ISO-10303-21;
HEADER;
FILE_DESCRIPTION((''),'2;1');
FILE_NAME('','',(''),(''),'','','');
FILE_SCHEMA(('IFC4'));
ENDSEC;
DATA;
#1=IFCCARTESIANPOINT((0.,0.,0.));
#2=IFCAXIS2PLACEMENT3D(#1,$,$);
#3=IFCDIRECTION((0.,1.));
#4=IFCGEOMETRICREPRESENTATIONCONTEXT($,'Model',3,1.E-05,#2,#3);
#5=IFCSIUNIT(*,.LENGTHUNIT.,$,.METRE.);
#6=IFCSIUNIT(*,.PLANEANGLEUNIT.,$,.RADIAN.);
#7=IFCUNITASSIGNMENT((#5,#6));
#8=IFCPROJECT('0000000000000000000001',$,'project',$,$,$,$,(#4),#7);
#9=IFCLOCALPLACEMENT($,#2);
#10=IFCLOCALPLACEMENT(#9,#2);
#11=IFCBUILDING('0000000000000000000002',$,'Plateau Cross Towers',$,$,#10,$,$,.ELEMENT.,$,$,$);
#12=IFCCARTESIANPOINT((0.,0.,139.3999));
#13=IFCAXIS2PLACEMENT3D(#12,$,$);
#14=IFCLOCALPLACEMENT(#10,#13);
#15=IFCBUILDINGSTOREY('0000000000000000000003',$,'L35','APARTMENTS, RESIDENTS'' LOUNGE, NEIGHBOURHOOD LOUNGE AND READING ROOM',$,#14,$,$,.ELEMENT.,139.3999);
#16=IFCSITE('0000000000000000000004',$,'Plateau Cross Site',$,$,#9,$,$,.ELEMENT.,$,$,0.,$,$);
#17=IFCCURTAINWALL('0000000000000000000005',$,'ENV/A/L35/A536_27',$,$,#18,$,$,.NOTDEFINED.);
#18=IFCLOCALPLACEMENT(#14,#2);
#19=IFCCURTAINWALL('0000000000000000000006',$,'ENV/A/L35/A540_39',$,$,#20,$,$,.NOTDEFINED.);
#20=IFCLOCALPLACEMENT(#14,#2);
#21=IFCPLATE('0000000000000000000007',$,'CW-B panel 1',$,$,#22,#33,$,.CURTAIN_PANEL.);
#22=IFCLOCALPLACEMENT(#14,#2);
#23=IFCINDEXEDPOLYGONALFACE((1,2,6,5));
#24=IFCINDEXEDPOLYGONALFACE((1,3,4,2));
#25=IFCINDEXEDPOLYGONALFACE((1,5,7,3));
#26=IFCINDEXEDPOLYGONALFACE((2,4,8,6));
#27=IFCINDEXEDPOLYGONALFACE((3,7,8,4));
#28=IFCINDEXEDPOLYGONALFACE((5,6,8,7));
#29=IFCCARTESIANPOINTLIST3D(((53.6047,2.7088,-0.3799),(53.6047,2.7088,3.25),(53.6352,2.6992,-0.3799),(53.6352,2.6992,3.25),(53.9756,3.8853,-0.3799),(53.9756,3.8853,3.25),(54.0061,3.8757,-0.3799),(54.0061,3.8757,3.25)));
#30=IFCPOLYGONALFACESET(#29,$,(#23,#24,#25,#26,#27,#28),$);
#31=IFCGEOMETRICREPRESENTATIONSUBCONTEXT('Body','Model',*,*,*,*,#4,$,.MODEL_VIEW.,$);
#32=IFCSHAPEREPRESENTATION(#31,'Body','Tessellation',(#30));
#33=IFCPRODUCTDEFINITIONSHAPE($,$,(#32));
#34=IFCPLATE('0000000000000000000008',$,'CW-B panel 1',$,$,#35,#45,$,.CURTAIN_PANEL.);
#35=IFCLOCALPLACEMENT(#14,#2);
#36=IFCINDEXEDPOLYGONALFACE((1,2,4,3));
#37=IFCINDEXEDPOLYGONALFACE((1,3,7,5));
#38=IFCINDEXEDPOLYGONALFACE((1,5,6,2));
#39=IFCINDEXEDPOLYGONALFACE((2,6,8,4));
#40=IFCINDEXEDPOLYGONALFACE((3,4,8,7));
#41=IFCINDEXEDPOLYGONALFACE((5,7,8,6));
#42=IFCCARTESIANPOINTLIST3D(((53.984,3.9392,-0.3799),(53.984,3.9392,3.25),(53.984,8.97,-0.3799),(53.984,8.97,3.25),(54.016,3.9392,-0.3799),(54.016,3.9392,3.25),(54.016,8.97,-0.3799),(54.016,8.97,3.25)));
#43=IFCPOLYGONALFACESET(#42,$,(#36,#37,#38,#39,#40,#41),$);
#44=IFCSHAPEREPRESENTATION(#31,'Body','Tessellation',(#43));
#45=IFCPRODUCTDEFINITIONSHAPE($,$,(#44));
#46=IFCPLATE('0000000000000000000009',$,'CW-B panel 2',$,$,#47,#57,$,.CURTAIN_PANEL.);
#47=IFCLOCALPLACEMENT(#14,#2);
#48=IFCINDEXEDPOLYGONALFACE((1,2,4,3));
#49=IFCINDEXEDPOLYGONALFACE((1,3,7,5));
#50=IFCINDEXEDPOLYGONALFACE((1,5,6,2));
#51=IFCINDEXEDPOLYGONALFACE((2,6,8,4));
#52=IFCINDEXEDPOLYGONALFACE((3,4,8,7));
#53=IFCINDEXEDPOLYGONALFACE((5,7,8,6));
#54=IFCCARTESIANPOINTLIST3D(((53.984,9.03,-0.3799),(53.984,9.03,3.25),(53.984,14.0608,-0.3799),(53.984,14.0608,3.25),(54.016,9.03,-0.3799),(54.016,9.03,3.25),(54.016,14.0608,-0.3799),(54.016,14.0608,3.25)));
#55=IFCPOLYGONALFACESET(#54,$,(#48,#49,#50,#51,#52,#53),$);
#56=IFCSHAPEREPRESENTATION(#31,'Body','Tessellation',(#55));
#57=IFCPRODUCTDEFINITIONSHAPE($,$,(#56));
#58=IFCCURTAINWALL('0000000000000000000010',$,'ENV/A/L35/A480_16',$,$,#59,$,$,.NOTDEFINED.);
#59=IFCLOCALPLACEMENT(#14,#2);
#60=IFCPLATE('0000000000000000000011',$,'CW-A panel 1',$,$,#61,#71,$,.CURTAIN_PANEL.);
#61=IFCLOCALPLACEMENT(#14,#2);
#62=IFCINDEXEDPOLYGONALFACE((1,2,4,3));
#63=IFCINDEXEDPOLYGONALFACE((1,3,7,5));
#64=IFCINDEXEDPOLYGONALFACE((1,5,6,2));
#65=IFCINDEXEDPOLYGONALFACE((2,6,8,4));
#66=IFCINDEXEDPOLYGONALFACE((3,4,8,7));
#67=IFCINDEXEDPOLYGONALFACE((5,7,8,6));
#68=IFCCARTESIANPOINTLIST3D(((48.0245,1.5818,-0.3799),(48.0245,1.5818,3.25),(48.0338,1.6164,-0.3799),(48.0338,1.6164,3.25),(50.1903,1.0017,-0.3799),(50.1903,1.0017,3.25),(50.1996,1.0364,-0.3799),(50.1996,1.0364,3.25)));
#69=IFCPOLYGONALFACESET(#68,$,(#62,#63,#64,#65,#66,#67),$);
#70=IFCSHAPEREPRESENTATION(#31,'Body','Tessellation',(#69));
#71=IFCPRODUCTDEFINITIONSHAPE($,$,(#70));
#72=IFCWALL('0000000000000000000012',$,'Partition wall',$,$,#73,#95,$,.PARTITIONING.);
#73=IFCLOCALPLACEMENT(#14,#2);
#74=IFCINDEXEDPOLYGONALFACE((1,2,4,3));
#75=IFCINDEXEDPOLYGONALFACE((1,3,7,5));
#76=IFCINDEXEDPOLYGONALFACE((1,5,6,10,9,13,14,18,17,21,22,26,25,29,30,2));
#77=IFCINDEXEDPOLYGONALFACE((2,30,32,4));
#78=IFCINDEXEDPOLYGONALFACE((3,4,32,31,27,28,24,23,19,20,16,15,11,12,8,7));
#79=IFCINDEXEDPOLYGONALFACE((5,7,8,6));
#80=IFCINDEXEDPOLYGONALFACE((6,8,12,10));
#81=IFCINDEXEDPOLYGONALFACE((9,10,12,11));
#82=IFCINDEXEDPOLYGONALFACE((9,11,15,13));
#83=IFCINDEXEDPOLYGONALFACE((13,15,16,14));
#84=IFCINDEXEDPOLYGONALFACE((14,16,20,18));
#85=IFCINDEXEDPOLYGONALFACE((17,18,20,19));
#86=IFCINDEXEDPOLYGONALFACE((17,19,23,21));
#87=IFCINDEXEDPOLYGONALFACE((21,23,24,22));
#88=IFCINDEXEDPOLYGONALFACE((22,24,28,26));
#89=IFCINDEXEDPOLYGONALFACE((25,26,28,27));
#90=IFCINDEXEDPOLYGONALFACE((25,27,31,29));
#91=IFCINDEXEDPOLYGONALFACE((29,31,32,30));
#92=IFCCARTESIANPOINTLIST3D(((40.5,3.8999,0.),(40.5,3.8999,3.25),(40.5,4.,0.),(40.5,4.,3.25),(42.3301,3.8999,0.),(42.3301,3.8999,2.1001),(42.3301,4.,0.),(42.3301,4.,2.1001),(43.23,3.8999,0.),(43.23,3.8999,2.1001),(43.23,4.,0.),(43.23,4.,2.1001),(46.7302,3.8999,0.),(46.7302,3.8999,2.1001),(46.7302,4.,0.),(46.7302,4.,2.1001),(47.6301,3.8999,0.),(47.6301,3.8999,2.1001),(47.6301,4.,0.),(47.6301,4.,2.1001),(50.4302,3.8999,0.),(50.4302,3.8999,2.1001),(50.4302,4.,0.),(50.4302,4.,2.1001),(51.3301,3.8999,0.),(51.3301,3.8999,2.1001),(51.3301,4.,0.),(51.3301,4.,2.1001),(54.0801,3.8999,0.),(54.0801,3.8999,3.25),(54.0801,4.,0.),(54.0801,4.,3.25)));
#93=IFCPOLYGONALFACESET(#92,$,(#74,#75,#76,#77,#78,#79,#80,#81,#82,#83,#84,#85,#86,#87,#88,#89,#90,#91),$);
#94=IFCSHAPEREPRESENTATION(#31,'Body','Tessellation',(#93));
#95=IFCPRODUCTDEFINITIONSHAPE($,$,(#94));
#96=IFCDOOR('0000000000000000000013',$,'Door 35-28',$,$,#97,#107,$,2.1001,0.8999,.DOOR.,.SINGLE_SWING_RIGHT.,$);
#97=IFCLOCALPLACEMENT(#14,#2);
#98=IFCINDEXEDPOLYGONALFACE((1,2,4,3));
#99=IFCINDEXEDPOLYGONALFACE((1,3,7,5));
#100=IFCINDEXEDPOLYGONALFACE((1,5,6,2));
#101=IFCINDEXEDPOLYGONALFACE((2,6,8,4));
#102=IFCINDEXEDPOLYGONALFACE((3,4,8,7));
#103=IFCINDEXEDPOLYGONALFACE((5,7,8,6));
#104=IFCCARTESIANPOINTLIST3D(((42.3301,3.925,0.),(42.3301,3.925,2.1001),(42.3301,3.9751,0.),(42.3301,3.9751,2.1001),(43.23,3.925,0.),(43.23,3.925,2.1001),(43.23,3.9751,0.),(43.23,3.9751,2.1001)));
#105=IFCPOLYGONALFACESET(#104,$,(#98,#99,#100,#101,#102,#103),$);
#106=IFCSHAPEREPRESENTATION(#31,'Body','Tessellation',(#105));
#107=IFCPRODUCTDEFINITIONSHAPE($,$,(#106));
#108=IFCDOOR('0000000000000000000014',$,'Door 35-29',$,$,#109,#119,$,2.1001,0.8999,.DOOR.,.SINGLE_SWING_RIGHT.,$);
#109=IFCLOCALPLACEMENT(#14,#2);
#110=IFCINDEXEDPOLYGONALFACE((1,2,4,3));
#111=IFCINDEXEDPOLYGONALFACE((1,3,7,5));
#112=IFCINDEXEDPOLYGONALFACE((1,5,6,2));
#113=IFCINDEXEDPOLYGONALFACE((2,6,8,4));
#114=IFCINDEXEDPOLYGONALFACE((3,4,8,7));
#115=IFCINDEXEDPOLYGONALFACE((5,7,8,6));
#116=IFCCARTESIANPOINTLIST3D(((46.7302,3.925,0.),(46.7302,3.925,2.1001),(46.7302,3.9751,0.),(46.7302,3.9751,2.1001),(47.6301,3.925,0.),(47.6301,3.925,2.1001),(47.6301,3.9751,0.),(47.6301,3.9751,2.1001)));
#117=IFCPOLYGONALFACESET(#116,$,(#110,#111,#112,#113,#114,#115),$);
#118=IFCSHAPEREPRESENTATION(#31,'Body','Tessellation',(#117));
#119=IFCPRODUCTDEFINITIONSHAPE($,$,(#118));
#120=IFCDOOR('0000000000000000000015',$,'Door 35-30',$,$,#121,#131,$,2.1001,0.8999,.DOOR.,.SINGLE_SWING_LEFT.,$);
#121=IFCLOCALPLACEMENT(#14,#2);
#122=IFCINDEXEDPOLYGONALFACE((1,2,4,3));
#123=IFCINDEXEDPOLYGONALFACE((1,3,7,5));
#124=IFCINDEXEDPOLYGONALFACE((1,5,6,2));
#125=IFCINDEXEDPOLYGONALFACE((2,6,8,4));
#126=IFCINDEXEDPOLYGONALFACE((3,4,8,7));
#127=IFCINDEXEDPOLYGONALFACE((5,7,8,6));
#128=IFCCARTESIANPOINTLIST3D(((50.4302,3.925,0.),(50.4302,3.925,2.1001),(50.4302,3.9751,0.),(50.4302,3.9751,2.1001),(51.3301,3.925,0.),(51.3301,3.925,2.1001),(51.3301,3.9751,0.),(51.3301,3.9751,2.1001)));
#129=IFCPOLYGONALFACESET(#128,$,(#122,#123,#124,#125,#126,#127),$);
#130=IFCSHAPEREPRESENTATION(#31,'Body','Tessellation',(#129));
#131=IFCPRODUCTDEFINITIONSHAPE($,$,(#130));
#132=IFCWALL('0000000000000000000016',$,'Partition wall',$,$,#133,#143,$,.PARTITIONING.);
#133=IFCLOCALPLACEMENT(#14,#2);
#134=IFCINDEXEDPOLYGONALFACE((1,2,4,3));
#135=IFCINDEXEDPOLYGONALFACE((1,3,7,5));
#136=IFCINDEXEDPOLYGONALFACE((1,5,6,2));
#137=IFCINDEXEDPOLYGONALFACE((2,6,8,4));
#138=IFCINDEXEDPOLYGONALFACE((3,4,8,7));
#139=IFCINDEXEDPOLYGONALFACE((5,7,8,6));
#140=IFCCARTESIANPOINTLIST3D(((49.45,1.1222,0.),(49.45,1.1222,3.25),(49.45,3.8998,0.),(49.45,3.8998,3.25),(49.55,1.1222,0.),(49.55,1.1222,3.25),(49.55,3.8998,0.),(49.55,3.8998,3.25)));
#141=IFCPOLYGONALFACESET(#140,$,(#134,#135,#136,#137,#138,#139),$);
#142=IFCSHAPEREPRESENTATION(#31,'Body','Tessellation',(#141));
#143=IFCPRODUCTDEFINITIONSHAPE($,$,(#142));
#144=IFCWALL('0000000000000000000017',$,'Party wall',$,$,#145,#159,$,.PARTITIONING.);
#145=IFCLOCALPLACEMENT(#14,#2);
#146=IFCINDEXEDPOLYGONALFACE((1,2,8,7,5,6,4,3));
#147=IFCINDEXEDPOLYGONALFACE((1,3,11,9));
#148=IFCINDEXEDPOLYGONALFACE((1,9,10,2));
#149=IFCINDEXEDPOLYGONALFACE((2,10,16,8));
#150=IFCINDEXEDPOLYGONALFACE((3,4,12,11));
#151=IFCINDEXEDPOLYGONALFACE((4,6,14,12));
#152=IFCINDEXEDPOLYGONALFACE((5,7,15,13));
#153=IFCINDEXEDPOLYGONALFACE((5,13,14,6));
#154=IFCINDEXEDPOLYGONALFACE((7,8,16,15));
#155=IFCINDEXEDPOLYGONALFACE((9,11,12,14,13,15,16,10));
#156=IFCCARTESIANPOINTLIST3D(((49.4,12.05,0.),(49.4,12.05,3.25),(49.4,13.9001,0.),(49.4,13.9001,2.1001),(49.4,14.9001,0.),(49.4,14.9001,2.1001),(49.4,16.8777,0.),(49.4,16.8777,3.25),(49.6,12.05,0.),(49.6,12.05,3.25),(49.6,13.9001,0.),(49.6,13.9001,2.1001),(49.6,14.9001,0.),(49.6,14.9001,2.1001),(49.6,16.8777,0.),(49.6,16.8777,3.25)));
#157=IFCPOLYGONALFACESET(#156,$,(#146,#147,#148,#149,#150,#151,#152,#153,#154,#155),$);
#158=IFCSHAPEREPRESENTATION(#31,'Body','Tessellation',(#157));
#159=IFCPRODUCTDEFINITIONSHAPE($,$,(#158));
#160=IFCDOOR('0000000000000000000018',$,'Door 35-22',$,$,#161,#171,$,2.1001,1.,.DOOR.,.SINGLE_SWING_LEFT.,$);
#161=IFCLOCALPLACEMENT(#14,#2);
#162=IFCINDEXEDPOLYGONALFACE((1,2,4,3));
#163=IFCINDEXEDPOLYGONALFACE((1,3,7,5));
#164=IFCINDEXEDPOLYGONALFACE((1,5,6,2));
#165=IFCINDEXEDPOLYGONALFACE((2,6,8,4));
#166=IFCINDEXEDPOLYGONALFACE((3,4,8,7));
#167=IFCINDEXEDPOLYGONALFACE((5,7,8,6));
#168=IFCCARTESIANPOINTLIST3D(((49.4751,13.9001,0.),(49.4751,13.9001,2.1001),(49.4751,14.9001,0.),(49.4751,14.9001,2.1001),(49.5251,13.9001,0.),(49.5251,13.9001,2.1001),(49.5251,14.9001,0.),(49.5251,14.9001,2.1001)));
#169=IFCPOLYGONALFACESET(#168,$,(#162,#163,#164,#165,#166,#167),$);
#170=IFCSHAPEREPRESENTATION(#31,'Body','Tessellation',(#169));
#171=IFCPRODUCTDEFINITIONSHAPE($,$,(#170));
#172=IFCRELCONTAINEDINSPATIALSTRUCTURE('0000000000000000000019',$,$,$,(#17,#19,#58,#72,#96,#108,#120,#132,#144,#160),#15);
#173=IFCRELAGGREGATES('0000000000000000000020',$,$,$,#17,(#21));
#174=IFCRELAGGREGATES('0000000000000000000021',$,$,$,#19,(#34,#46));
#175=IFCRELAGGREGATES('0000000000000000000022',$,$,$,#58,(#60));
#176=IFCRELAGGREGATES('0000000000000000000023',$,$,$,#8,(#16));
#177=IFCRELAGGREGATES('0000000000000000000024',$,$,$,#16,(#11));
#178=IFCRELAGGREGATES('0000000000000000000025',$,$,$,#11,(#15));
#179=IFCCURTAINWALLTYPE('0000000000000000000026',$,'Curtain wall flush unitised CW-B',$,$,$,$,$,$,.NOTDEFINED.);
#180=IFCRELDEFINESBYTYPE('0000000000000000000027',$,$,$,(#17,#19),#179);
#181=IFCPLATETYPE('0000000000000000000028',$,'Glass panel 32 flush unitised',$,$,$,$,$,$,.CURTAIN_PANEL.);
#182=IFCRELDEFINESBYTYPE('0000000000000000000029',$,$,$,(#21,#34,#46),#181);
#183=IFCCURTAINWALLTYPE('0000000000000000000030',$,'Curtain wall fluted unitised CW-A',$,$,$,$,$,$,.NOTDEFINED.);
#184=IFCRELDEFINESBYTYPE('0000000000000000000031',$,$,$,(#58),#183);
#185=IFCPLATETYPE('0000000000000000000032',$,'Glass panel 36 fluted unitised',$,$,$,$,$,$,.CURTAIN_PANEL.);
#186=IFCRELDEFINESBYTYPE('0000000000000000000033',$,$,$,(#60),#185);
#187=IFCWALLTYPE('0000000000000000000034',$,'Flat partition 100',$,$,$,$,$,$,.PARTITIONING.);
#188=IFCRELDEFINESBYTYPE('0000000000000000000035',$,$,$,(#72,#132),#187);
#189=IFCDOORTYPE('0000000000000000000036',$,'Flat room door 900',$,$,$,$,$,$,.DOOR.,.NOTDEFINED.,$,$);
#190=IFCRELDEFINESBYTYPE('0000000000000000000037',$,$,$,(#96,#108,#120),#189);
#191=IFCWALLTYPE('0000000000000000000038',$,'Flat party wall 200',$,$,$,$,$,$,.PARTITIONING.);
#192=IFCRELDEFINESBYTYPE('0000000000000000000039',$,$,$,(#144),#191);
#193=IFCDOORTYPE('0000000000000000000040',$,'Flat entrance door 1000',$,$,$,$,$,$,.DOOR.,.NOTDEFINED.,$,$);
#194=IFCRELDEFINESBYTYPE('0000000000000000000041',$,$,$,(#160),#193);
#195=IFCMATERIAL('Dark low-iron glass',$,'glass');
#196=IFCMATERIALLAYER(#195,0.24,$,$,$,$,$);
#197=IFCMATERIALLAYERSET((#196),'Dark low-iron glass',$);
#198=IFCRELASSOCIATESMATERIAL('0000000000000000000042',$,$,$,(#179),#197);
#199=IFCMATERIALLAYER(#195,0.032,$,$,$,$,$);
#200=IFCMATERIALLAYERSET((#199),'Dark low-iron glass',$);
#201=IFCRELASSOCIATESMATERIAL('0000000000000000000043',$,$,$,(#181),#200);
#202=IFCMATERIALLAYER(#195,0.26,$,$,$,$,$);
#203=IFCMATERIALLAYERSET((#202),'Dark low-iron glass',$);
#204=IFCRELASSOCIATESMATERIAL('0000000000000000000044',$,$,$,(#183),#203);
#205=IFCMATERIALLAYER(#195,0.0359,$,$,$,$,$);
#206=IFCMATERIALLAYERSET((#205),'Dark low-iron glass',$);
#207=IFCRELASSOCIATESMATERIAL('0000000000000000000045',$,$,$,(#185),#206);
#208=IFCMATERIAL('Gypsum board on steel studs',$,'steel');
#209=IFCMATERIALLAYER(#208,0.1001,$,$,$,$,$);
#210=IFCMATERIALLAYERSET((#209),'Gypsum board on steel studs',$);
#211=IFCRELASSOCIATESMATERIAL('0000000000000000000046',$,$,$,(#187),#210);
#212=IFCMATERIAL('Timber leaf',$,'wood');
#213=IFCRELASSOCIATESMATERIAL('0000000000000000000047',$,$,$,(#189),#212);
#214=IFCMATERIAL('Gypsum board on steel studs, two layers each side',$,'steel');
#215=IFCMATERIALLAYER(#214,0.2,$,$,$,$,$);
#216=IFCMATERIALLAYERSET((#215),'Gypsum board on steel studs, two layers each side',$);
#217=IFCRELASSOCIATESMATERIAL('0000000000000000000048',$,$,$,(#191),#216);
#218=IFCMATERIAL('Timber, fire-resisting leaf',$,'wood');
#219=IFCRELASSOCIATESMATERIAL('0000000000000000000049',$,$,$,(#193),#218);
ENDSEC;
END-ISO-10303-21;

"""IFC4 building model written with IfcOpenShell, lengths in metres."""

from ifc_helpers import new_model, si_unit, direction, frame, frame_2d, origin, origin_2d, place, context, subcontext, project, spatial, rectangle, extrude, material, layer, layer_set, type_object, element, fill, aggregate, save


model = new_model("IFC4")

# Units and contexts
model_context = context("Model", 3, precision=1e-05, world=origin(), true_north=direction((0.0, 1.0)))
body_context = subcontext(model_context, "Body", "Model", "MODEL_VIEW")
ifc_project = project(units=[si_unit("LENGTHUNIT", "METRE"), si_unit("PLANEANGLEUNIT", "RADIAN")], contexts=[model_context])

# Site, building, storey
site_placement = place(None, origin())
site = spatial("IfcSite", under=ifc_project, at=site_placement, Name="Plateau Cross Site", CompositionType="ELEMENT", RefElevation=0.0)
building_placement = place(site_placement, origin())
building = spatial("IfcBuilding", under=site, at=building_placement, Name="Plateau Cross Towers", CompositionType="ELEMENT")
storey_placement = place(building_placement, frame((0.0, 0.0, 139.3999)))
storey = spatial("IfcBuildingStorey", under=building, at=storey_placement, Name="L35", Description="APARTMENTS, RESIDENTS' LOUNGE, NEIGHBOURHOOD LOUNGE AND READING ROOM", CompositionType="ELEMENT", Elevation=139.3999)

# Shared definitions
ifc_material_1 = material(Name="Dark low-iron glass", Category="glass")
ifc_layer_1 = layer(ifc_material_1, 0.24)
ifc_layer_set_1 = layer_set([ifc_layer_1], Name="Dark low-iron glass")
curtain_wall_type_1 = type_object("IfcCurtainWallType", Name="Curtain wall flush unitised CW-B", PredefinedType="NOTDEFINED", material=ifc_layer_set_1)

# Curtain wall
curtain_wall_1_placement = place(storey_placement, origin())
curtain_wall_1 = element("IfcCurtainWall", 1, at=curtain_wall_1_placement, inside=storey, type_object=curtain_wall_type_1, Name="ENV/A/L35/A536_27", PredefinedType="NOTDEFINED")

# Curtain wall
curtain_wall_2_placement = place(storey_placement, origin())
curtain_wall_2 = element("IfcCurtainWall", 2, at=curtain_wall_2_placement, inside=storey, type_object=curtain_wall_type_1, Name="ENV/A/L35/A540_39", PredefinedType="NOTDEFINED")

# Plates
ifc_layer_2 = layer(ifc_material_1, 0.032)
ifc_layer_set_2 = layer_set([ifc_layer_2], Name="Dark low-iron glass")
plate_type_1 = type_object("IfcPlateType", Name="Glass panel 32 flush unitised", PredefinedType="CURTAIN_PANEL", material=ifc_layer_set_2)
plate_1_placement = place(storey_placement, frame((53.8054, 3.2922, -0.3799), z_axis=(0.0, 0.0, 1.0), x_axis=(0.300686, 0.953723, 0.0)))
plate_1 = element("IfcPlate", 3, at=plate_1_placement, type_object=plate_type_1, Name="CW-B panel 1", PredefinedType="CURTAIN_PANEL", context=body_context, shape_type="SweptSolid", body=[
    extrude(rectangle(XDim=1.2336, YDim=0.032, at=origin_2d()), origin(), (0.0, 0.0, 1.0), 3.6299),
])
aggregate(curtain_wall_1, [plate_1])
plate_2_placement = place(storey_placement, frame((54.0, 6.4546, -0.3799), z_axis=(0.0, 0.0, 1.0), x_axis=(0.0, 1.0, 0.0)))
plate_2 = element("IfcPlate", 4, at=plate_2_placement, type_object=plate_type_1, Name="CW-B panel 1", PredefinedType="CURTAIN_PANEL", context=body_context, shape_type="SweptSolid", body=[
    extrude(rectangle(XDim=5.0308, YDim=0.032, at=origin_2d()), origin(), (0.0, 0.0, 1.0), 3.6299),
])
plate_3_placement = place(storey_placement, frame((54.0, 11.5454, -0.3799), z_axis=(0.0, 0.0, 1.0), x_axis=(0.0, 1.0, 0.0)))
plate_3 = element("IfcPlate", 5, at=plate_3_placement, type_object=plate_type_1, Name="CW-B panel 2", PredefinedType="CURTAIN_PANEL", context=body_context, shape_type="SweptSolid", body=[
    extrude(rectangle(XDim=5.0308, YDim=0.032, at=origin_2d()), origin(), (0.0, 0.0, 1.0), 3.6299),
])
aggregate(curtain_wall_2, [plate_2, plate_3])

# Curtain wall, plate
ifc_layer_3 = layer(ifc_material_1, 0.26)
ifc_layer_set_3 = layer_set([ifc_layer_3], Name="Dark low-iron glass")
curtain_wall_type_2 = type_object("IfcCurtainWallType", Name="Curtain wall fluted unitised CW-A", PredefinedType="NOTDEFINED", material=ifc_layer_set_3)
curtain_wall_3_placement = place(storey_placement, origin())
curtain_wall_3 = element("IfcCurtainWall", 6, at=curtain_wall_3_placement, inside=storey, type_object=curtain_wall_type_2, Name="ENV/A/L35/A480_16", PredefinedType="NOTDEFINED")
ifc_layer_4 = layer(ifc_material_1, 0.0359)
ifc_layer_set_4 = layer_set([ifc_layer_4], Name="Dark low-iron glass")
plate_type_2 = type_object("IfcPlateType", Name="Glass panel 36 fluted unitised", PredefinedType="CURTAIN_PANEL", material=ifc_layer_set_4)
plate_4_placement = place(storey_placement, frame((49.1121, 1.3091, -0.3799), z_axis=(0.0, 0.0, 1.0), x_axis=(0.965958, -0.258699, 0.0)))
plate_4 = element("IfcPlate", 7, at=plate_4_placement, type_object=plate_type_2, Name="CW-A panel 1", PredefinedType="CURTAIN_PANEL", context=body_context, shape_type="SweptSolid", body=[
    extrude(rectangle(XDim=2.2422, YDim=0.0359, at=origin_2d()), origin(), (0.0, 0.0, 1.0), 3.6299),
])
aggregate(curtain_wall_3, [plate_4])

# Wall, openings, doors
ifc_material_2 = material(Name="Gypsum board on steel studs", Category="steel")
ifc_layer_5 = layer(ifc_material_2, 0.1001)
ifc_layer_set_5 = layer_set([ifc_layer_5], Name="Gypsum board on steel studs")
wall_type_1 = type_object("IfcWallType", Name="Flat partition 100", PredefinedType="PARTITIONING", material=ifc_layer_set_5)
wall_1_placement = place(storey_placement, frame((54.0801, 3.95, 0.0), z_axis=(0.0, 0.0, 1.0), x_axis=(-1.0, 0.0, 0.0)))
wall_1 = element("IfcWall", 8, at=wall_1_placement, inside=storey, type_object=wall_type_1, Name="Partition wall", PredefinedType="PARTITIONING", context=body_context, shape_type="SweptSolid", body=[
    extrude(rectangle(XDim=13.5801, YDim=0.1001, at=frame_2d((6.79, 0.0))), origin(), (0.0, 0.0, 1.0), 3.25),
])
opening_1_placement = place(wall_1_placement, frame((10.8501, 0.0, 0.0)))
opening_1 = element("IfcOpeningElement", 9, at=opening_1_placement, cuts=wall_1, PredefinedType="OPENING", context=body_context, shape_type="SweptSolid", body=[
    extrude(rectangle(XDim=0.8999, YDim=2.1001, at=frame_2d((0.45, 1.05))), frame((0.0, 0.0601, 0.0), z_axis=(0.0, -1.0, 0.0), x_axis=(1.0, 0.0, 0.0)), (0.0, 0.0, 1.0), 0.1201),
])
opening_2_placement = place(wall_1_placement, frame((6.45, 0.0, 0.0)))
opening_2 = element("IfcOpeningElement", 10, at=opening_2_placement, cuts=wall_1, PredefinedType="OPENING", context=body_context, shape_type="SweptSolid", body=[
    extrude(rectangle(XDim=0.8999, YDim=2.1001, at=frame_2d((0.45, 1.05))), frame((0.0, 0.0601, 0.0), z_axis=(0.0, -1.0, 0.0), x_axis=(1.0, 0.0, 0.0)), (0.0, 0.0, 1.0), 0.1201),
])
opening_3_placement = place(wall_1_placement, frame((2.75, 0.0, 0.0)))
opening_3 = element("IfcOpeningElement", 11, at=opening_3_placement, cuts=wall_1, PredefinedType="OPENING", context=body_context, shape_type="SweptSolid", body=[
    extrude(rectangle(XDim=0.8999, YDim=2.1001, at=frame_2d((0.45, 1.05))), frame((0.0, 0.0601, 0.0), z_axis=(0.0, -1.0, 0.0), x_axis=(1.0, 0.0, 0.0)), (0.0, 0.0, 1.0), 0.1201),
])
ifc_material_3 = material(Name="Timber leaf", Category="wood")
door_type_1 = type_object("IfcDoorType", Name="Flat room door 900", OperationType="NOTDEFINED", PredefinedType="DOOR", material=ifc_material_3)
door_1_placement = place(opening_1_placement, origin())
door_1 = element("IfcDoor", 12, at=door_1_placement, inside=storey, type_object=door_type_1, Name="Door 35-28", OperationType="SINGLE_SWING_RIGHT", OverallHeight=2.1001, OverallWidth=0.8999, PredefinedType="DOOR", context=body_context, shape_type="SweptSolid", body=[
    extrude(rectangle(XDim=0.8999, YDim=2.1001, at=frame_2d((0.45, 1.05))), frame((0.0, 0.0249, 0.0), z_axis=(0.0, -1.0, 0.0), x_axis=(1.0, 0.0, 0.0)), (0.0, 0.0, 1.0), 0.05),
])
fill(opening_1, door_1)
door_2_placement = place(opening_2_placement, origin())
door_2 = element("IfcDoor", 13, at=door_2_placement, inside=storey, type_object=door_type_1, Name="Door 35-29", OperationType="SINGLE_SWING_RIGHT", OverallHeight=2.1001, OverallWidth=0.8999, PredefinedType="DOOR", context=body_context, shape_type="SweptSolid", body=[
    extrude(rectangle(XDim=0.8999, YDim=2.1001, at=frame_2d((0.45, 1.05))), frame((0.0, 0.0249, 0.0), z_axis=(0.0, -1.0, 0.0), x_axis=(1.0, 0.0, 0.0)), (0.0, 0.0, 1.0), 0.05),
])
fill(opening_2, door_2)
door_3_placement = place(opening_3_placement, origin())
door_3 = element("IfcDoor", 14, at=door_3_placement, inside=storey, type_object=door_type_1, Name="Door 35-30", OperationType="SINGLE_SWING_LEFT", OverallHeight=2.1001, OverallWidth=0.8999, PredefinedType="DOOR", context=body_context, shape_type="SweptSolid", body=[
    extrude(rectangle(XDim=0.8999, YDim=2.1001, at=frame_2d((0.45, 1.05))), frame((0.0, 0.0249, 0.0), z_axis=(0.0, -1.0, 0.0), x_axis=(1.0, 0.0, 0.0)), (0.0, 0.0, 1.0), 0.05),
])
fill(opening_3, door_3)

# Wall
wall_2_placement = place(storey_placement, frame((49.5, 1.1223, 0.0), z_axis=(0.0, 0.0, 1.0), x_axis=(0.0, 1.0, 0.0)))
element("IfcWall", 15, at=wall_2_placement, inside=storey, type_object=wall_type_1, Name="Partition wall", PredefinedType="PARTITIONING", context=body_context, shape_type="SweptSolid", body=[
    extrude(rectangle(XDim=2.7776, YDim=0.1001, at=frame_2d((1.3887, 0.0))), origin(), (0.0, 0.0, 1.0), 3.25),
])

# Wall, opening, door
ifc_material_4 = material(Name="Gypsum board on steel studs, two layers each side", Category="steel")
ifc_layer_6 = layer(ifc_material_4, 0.2)
ifc_layer_set_6 = layer_set([ifc_layer_6], Name="Gypsum board on steel studs, two layers each side")
wall_type_2 = type_object("IfcWallType", Name="Flat party wall 200", PredefinedType="PARTITIONING", material=ifc_layer_set_6)
wall_3_placement = place(storey_placement, frame((49.5, 12.05, 0.0), z_axis=(0.0, 0.0, 1.0), x_axis=(0.0, 1.0, 0.0)))
wall_3 = element("IfcWall", 16, at=wall_3_placement, inside=storey, type_object=wall_type_2, Name="Party wall", PredefinedType="PARTITIONING", context=body_context, shape_type="SweptSolid", body=[
    extrude(rectangle(XDim=4.8276, YDim=0.2, at=frame_2d((2.4138, 0.0))), origin(), (0.0, 0.0, 1.0), 3.25),
])
opening_4_placement = place(wall_3_placement, frame((1.8501, 0.0, 0.0)))
opening_4 = element("IfcOpeningElement", 17, at=opening_4_placement, cuts=wall_3, PredefinedType="OPENING", context=body_context, shape_type="SweptSolid", body=[
    extrude(rectangle(XDim=1.0, YDim=2.1001, at=frame_2d((0.5, 1.05))), frame((0.0, 0.1099, 0.0), z_axis=(0.0, -1.0, 0.0), x_axis=(1.0, 0.0, 0.0)), (0.0, 0.0, 1.0), 0.22),
])
ifc_material_5 = material(Name="Timber, fire-resisting leaf", Category="wood")
door_type_2 = type_object("IfcDoorType", Name="Flat entrance door 1000", OperationType="NOTDEFINED", PredefinedType="DOOR", material=ifc_material_5)
door_4_placement = place(opening_4_placement, origin())
door_4 = element("IfcDoor", 18, at=door_4_placement, inside=storey, type_object=door_type_2, Name="Door 35-22", OperationType="SINGLE_SWING_LEFT", OverallHeight=2.1001, OverallWidth=1.0, PredefinedType="DOOR", context=body_context, shape_type="SweptSolid", body=[
    extrude(rectangle(XDim=1.0, YDim=2.1001, at=frame_2d((0.5, 1.05))), frame((0.0, 0.0249, 0.0), z_axis=(0.0, -1.0, 0.0), x_axis=(1.0, 0.0, 0.0)), (0.0, 0.0, 1.0), 0.05),
])
fill(opening_4, door_4)

save(model, "model.ifc")
